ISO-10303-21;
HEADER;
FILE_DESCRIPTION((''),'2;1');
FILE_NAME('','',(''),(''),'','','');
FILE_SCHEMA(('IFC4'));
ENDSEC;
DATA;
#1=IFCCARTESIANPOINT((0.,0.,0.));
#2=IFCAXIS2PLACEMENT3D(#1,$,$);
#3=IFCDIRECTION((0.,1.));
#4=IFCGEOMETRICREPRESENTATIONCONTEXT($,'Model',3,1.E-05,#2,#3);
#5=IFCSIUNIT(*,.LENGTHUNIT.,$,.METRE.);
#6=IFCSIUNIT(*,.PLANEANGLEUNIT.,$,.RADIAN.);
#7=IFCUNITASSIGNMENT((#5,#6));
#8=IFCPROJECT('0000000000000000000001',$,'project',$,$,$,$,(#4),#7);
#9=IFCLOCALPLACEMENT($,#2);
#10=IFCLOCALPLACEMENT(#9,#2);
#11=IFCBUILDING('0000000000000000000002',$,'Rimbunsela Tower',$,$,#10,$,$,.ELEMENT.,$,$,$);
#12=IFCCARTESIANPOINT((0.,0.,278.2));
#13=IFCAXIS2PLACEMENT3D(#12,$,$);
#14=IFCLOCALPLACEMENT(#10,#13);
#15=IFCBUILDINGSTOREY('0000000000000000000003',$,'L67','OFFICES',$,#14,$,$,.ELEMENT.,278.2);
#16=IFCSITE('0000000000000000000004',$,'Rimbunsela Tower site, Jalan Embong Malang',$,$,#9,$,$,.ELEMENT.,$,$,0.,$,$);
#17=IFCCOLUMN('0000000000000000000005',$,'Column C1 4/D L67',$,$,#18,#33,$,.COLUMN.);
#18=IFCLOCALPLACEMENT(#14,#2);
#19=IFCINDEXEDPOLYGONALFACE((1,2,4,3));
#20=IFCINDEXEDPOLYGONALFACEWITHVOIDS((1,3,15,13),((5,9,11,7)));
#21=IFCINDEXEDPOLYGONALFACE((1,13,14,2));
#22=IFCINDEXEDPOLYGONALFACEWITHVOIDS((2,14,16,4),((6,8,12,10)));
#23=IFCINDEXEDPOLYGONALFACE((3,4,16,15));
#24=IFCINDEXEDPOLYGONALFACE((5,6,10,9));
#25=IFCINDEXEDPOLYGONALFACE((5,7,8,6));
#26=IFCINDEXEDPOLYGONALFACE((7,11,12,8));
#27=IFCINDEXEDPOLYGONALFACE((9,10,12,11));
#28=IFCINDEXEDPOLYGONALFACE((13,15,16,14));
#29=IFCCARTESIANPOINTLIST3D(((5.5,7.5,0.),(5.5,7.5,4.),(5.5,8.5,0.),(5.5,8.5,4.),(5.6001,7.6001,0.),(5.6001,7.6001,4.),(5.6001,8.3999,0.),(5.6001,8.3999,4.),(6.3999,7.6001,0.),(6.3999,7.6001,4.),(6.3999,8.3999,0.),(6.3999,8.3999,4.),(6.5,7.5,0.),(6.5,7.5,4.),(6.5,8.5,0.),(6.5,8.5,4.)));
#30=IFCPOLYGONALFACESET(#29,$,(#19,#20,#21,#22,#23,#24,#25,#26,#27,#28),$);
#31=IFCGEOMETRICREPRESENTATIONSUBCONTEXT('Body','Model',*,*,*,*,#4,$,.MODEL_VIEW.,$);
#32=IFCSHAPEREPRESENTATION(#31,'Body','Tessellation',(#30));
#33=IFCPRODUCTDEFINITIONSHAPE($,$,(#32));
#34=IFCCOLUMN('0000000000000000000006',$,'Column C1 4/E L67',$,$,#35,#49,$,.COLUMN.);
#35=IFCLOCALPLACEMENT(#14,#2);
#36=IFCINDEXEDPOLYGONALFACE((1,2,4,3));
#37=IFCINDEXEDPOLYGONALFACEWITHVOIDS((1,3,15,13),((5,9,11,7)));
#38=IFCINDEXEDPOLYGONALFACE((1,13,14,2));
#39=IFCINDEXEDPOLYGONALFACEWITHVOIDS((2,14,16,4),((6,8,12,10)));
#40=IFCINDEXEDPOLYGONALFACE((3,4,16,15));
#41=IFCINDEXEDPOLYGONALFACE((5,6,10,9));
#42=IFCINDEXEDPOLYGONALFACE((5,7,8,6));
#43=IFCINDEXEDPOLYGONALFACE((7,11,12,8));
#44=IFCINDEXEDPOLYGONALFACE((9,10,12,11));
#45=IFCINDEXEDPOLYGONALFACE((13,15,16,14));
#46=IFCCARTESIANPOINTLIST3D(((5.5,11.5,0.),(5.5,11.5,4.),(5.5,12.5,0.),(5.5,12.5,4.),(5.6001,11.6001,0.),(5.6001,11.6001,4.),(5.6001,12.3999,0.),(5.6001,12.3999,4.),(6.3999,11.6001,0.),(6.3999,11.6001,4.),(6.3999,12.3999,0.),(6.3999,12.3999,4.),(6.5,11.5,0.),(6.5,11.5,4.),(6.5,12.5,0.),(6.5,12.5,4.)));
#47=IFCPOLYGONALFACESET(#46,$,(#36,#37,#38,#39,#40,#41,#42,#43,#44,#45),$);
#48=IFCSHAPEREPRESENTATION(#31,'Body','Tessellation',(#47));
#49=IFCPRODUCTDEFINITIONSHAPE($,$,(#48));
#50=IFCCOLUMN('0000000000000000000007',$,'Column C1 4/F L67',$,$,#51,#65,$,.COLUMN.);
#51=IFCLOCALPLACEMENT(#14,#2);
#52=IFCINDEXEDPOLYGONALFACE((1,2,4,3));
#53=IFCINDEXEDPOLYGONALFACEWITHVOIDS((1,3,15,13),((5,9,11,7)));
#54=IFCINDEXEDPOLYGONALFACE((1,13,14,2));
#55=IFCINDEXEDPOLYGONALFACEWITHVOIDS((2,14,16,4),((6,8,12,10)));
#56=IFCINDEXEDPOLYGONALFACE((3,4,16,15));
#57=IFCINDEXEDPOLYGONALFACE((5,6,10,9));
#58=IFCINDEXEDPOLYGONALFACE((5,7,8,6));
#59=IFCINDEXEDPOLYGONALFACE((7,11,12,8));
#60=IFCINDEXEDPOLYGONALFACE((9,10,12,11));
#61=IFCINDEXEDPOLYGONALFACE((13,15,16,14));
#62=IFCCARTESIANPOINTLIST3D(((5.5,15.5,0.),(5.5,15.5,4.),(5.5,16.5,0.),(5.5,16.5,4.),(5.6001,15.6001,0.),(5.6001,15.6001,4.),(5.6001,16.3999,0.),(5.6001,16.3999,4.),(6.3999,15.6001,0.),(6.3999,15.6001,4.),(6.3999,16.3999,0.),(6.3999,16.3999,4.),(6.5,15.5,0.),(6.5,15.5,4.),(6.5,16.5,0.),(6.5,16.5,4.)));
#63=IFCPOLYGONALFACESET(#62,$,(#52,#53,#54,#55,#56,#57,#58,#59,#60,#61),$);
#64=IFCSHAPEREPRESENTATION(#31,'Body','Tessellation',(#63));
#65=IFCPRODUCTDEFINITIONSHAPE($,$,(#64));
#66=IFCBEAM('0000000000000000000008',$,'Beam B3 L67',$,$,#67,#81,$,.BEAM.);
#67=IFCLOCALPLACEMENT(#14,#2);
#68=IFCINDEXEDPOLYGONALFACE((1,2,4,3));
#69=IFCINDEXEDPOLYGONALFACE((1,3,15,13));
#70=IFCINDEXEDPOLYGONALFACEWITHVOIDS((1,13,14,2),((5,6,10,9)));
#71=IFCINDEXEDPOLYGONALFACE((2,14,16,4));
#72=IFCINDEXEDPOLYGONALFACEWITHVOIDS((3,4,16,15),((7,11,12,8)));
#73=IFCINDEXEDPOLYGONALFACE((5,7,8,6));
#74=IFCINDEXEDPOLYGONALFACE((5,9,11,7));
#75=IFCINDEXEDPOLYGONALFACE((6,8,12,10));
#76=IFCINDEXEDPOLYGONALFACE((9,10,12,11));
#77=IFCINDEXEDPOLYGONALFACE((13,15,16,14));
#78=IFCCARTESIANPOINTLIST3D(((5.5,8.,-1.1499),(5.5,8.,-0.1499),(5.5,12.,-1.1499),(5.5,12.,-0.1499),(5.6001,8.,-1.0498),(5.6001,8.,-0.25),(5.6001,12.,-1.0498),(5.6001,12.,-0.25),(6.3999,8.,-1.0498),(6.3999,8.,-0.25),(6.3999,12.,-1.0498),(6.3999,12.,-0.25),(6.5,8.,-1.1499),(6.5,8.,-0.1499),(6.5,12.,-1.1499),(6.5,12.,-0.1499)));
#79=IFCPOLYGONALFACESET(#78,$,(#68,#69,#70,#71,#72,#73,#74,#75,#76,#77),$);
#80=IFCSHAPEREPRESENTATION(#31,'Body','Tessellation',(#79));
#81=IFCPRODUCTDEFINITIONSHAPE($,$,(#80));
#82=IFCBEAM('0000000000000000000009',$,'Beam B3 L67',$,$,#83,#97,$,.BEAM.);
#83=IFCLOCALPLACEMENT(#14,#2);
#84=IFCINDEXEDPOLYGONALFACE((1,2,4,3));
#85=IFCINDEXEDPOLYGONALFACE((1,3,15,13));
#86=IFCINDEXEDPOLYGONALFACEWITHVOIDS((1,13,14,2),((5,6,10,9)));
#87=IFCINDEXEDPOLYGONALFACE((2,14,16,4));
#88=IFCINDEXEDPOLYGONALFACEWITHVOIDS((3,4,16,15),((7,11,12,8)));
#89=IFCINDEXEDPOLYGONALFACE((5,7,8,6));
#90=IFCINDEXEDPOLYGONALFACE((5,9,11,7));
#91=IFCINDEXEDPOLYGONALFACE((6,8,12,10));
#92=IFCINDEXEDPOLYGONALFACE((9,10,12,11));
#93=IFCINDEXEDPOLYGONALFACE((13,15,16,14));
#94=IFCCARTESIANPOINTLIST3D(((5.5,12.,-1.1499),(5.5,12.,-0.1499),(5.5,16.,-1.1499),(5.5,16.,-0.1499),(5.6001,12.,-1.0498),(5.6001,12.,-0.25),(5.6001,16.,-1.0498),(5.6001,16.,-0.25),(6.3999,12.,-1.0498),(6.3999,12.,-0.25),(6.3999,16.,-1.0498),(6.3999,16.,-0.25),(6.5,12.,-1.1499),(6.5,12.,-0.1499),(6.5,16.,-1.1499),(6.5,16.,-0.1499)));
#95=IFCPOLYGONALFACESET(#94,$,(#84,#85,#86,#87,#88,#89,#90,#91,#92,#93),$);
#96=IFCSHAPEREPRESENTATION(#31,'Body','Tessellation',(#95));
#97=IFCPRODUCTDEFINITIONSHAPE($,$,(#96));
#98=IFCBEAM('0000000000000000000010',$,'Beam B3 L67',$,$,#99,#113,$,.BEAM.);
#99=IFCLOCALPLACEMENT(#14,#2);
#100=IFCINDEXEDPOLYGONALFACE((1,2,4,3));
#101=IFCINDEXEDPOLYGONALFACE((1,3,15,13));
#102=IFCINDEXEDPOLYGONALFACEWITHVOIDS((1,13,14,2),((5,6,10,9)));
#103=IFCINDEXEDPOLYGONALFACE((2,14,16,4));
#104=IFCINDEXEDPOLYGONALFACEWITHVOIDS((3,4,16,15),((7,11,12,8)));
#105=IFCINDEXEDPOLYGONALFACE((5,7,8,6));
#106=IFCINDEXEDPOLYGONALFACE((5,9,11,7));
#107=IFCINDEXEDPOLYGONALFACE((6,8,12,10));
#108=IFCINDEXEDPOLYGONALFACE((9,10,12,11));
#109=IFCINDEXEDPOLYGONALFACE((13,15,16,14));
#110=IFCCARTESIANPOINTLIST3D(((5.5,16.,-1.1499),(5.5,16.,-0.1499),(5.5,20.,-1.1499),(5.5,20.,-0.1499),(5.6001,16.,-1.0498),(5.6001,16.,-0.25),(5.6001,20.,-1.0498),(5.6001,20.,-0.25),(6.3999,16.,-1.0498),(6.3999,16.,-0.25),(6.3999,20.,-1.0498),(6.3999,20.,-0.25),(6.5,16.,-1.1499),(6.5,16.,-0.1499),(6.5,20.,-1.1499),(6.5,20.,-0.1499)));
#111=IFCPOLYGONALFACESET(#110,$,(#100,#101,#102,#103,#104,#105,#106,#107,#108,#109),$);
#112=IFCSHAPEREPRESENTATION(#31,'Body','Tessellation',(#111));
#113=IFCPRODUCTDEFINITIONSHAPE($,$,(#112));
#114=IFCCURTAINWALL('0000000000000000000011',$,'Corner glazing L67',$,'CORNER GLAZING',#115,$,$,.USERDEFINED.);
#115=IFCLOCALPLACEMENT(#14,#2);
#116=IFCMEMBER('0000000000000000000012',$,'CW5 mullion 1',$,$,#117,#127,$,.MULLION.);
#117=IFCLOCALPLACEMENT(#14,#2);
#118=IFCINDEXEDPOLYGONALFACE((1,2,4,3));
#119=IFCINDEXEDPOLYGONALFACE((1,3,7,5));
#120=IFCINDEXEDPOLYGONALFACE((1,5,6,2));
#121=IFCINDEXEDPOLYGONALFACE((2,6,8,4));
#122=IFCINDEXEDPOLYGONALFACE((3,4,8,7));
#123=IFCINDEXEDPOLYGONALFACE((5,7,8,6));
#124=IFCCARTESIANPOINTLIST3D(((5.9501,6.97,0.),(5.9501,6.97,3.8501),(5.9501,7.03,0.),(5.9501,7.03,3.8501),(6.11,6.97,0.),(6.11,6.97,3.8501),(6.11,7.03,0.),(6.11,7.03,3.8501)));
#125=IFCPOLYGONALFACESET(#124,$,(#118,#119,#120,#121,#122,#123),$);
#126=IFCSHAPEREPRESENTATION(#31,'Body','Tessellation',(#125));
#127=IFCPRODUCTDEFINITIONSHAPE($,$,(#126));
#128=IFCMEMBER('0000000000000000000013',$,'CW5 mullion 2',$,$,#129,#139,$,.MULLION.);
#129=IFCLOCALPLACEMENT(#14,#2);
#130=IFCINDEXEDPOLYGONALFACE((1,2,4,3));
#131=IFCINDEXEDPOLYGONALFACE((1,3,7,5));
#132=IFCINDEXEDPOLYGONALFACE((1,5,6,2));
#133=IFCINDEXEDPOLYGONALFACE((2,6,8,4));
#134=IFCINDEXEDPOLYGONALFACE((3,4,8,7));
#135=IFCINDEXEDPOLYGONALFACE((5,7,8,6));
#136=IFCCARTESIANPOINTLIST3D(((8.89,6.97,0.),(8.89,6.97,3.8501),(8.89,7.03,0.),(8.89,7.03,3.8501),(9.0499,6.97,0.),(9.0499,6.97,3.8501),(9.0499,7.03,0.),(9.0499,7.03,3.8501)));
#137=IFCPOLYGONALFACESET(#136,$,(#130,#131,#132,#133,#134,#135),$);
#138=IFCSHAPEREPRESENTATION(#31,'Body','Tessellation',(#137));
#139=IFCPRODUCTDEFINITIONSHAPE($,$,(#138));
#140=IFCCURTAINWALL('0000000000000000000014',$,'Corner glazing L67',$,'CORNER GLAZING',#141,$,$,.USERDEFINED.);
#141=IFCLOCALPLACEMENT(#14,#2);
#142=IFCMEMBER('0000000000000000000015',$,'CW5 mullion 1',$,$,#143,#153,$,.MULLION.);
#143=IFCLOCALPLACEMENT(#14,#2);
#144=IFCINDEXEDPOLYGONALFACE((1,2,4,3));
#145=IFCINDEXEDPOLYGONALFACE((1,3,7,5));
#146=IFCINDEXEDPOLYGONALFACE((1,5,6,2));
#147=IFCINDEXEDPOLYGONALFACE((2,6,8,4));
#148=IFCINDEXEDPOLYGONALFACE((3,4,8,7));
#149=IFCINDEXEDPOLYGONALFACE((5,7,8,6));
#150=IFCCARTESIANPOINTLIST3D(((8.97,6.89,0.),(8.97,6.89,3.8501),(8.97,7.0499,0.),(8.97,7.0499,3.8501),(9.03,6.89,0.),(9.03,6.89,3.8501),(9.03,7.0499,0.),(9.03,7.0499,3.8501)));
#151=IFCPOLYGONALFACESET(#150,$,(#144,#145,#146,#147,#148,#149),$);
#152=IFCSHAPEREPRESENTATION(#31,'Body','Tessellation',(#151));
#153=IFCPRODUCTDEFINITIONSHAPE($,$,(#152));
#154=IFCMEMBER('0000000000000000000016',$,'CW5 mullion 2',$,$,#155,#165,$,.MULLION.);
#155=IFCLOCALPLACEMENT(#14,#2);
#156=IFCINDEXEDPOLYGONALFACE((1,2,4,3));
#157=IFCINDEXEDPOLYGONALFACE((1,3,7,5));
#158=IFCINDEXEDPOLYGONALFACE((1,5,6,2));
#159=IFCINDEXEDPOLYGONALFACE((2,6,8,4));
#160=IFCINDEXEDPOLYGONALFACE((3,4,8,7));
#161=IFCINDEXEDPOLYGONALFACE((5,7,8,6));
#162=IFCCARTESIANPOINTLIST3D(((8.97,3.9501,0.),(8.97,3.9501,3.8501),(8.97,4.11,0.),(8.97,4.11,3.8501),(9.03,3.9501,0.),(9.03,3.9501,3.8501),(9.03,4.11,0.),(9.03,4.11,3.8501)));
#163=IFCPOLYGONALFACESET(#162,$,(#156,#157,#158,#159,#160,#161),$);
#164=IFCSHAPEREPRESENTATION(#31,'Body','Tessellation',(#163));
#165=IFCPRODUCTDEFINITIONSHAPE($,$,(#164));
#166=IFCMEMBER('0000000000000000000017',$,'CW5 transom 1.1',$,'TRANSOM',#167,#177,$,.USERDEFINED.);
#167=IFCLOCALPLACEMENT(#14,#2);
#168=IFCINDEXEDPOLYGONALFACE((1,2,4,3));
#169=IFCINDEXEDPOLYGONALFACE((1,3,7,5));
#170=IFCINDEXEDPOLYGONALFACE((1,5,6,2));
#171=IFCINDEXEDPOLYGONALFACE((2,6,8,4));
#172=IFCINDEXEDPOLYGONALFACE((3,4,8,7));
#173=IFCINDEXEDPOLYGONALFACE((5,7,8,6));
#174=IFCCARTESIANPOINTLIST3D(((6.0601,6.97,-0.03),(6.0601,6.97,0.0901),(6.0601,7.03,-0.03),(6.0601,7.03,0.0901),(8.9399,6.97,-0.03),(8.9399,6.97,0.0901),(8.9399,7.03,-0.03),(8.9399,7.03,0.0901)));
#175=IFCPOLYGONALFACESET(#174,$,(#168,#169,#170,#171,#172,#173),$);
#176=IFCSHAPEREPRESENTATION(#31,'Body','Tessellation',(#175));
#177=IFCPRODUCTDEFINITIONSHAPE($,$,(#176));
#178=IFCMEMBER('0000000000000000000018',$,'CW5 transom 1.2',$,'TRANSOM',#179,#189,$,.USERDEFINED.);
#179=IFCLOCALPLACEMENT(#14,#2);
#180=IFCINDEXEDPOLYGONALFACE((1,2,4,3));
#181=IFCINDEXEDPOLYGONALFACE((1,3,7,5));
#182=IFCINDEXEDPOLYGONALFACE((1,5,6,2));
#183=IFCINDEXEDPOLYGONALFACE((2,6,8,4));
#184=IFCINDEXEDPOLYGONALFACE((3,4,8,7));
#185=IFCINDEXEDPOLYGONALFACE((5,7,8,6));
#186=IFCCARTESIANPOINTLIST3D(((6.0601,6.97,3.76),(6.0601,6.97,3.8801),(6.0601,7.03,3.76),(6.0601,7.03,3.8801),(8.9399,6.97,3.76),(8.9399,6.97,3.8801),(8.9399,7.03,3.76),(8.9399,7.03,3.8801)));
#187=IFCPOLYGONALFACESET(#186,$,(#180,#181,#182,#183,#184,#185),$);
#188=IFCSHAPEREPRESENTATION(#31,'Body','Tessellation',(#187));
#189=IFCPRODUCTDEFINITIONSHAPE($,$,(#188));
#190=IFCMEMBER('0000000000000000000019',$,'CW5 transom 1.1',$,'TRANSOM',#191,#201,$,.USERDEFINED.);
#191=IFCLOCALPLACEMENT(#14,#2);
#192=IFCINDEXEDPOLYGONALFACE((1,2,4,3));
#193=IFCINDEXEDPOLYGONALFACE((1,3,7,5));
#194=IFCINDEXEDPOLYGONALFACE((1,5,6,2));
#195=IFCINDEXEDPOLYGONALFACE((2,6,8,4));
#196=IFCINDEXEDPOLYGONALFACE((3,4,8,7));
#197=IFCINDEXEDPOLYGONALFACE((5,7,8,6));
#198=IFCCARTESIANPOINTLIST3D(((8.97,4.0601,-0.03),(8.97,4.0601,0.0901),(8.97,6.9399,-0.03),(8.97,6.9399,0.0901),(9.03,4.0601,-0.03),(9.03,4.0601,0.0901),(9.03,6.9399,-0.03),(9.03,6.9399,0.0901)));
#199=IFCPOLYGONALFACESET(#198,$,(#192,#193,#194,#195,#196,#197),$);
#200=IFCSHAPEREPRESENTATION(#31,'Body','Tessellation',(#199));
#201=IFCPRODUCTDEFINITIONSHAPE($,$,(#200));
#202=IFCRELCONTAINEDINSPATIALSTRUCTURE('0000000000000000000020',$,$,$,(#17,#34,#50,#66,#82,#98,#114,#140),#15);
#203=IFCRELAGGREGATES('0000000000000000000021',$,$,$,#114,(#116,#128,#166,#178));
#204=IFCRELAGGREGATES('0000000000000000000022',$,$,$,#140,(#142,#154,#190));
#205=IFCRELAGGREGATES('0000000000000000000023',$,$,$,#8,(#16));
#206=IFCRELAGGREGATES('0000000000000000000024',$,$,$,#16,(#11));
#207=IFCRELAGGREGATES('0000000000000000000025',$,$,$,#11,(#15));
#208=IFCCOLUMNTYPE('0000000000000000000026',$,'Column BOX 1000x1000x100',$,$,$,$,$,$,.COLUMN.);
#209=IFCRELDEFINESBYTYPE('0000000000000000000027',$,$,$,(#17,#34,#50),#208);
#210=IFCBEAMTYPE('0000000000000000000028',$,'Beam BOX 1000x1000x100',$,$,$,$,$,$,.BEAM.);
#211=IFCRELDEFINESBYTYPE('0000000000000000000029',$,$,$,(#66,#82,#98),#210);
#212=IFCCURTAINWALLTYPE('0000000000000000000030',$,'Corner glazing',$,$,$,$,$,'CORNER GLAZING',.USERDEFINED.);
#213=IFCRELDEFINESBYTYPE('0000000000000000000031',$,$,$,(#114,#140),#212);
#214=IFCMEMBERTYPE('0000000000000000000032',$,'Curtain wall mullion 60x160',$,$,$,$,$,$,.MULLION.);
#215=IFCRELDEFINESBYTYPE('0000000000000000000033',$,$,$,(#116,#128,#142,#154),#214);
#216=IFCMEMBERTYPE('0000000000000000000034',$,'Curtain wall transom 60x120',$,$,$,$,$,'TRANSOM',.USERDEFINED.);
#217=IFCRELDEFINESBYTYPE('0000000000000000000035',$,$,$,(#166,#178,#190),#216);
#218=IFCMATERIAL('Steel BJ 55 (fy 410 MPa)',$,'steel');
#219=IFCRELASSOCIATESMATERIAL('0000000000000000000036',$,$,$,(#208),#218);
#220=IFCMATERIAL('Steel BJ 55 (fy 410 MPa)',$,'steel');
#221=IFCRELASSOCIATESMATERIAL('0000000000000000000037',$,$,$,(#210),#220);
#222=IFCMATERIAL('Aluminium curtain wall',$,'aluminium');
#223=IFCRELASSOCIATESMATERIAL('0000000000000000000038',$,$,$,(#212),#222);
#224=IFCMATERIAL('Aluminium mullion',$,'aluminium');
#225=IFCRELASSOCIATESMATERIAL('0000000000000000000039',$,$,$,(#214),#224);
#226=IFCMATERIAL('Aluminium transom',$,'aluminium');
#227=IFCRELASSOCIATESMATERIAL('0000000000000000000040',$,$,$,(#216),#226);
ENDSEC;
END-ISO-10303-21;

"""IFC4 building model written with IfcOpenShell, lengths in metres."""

from ifc_helpers import new_model, si_unit, direction, frame, origin, origin_2d, place, context, subcontext, project, spatial, rectangle, hollow_rectangle, extrude, material, material_profile, profile_set, type_object, element, aggregate, save


model = new_model("IFC4")

# Units and contexts
model_context = context("Model", 3, precision=1e-05, world=origin(), true_north=direction((0.0, 1.0)))
body_context = subcontext(model_context, "Body", "Model", "MODEL_VIEW")
ifc_project = project(units=[si_unit("LENGTHUNIT", "METRE"), si_unit("PLANEANGLEUNIT", "RADIAN")], contexts=[model_context])

# Site, building, storey
site_placement = place(None, origin())
site = spatial("IfcSite", under=ifc_project, at=site_placement, Name="Rimbunsela Tower site, Jalan Embong Malang", CompositionType="ELEMENT", RefElevation=0.0)
building_placement = place(site_placement, origin())
building = spatial("IfcBuilding", under=site, at=building_placement, Name="Rimbunsela Tower", CompositionType="ELEMENT")
storey_placement = place(building_placement, frame((0.0, 0.0, 278.2)))
storey = spatial("IfcBuildingStorey", under=building, at=storey_placement, Name="L67", Description="OFFICES", CompositionType="ELEMENT", Elevation=278.2)

# Columns
ifc_material_1 = material(Name="Steel BJ 55 (fy 410 MPa)", Category="steel")
ifc_material_profile_1 = material_profile(ifc_material_1, hollow_rectangle(XDim=1.0, YDim=1.0, WallThickness=0.1001, at=origin_2d()), Name="BOX 1000x1000x100")
ifc_profile_set_1 = profile_set([ifc_material_profile_1], Name="Steel BJ 55 (fy 410 MPa)")
column_type = type_object("IfcColumnType", Name="Column BOX 1000x1000x100", PredefinedType="COLUMN", material=ifc_profile_set_1)
for number, where, z_axis, x_axis, name in (
    (1, (6.0, 8.0, 0.0), (0.0, 0.0, 1.0), (1.0, 0.0, 0.0), "Column C1 4/D L67"),
    (2, (6.0, 12.0, 0.0), (0.0, 0.0, 1.0), (1.0, 0.0, 0.0), "Column C1 4/E L67"),
    (3, (6.0, 16.0, 0.0), (0.0, 0.0, 1.0), (1.0, 0.0, 0.0), "Column C1 4/F L67"),
):
    element("IfcColumn", number, at=place(storey_placement, frame(where, z_axis=z_axis, x_axis=x_axis)), inside=storey, type_object=column_type, Name=name, PredefinedType="COLUMN", context=body_context, shape_type="SweptSolid", body=[
        extrude(hollow_rectangle(XDim=1.0, YDim=1.0, WallThickness=0.1001, at=origin_2d()), origin(), (0.0, 0.0, 1.0), 4.0),
    ])

# Beams
ifc_material_2 = material(Name="Steel BJ 55 (fy 410 MPa)", Category="steel")
ifc_material_profile_2 = material_profile(ifc_material_2, hollow_rectangle(XDim=1.0, YDim=1.0, WallThickness=0.1001, at=origin_2d()), Name="BOX 1000x1000x100")
ifc_profile_set_2 = profile_set([ifc_material_profile_2], Name="Steel BJ 55 (fy 410 MPa)")
beam_type = type_object("IfcBeamType", Name="Beam BOX 1000x1000x100", PredefinedType="BEAM", material=ifc_profile_set_2)
for number, where, z_axis, x_axis, name in (
    (4, (6.0, 8.0, -0.6499), (0.0, 1.0, 0.0), (-1.0, 0.0, 0.0), "Beam B3 L67"),
    (5, (6.0, 12.0, -0.6499), (0.0, 1.0, 0.0), (-1.0, 0.0, 0.0), "Beam B3 L67"),
    (6, (6.0, 16.0, -0.6499), (0.0, 1.0, 0.0), (-1.0, 0.0, 0.0), "Beam B3 L67"),
):
    element("IfcBeam", number, at=place(storey_placement, frame(where, z_axis=z_axis, x_axis=x_axis)), inside=storey, type_object=beam_type, Name=name, PredefinedType="BEAM", context=body_context, shape_type="SweptSolid", body=[
        extrude(hollow_rectangle(XDim=1.0, YDim=1.0, WallThickness=0.1001, at=origin_2d()), origin(), (0.0, 0.0, 1.0), 4.0),
    ])

# Curtain walls, members
ifc_material_3 = material(Name="Aluminium curtain wall", Category="aluminium")
curtain_wall_type = type_object("IfcCurtainWallType", Name="Corner glazing", ElementType="CORNER GLAZING", PredefinedType="USERDEFINED", material=ifc_material_3)
curtain_wall_1_placement = place(storey_placement, origin())
curtain_wall_1 = element("IfcCurtainWall", 7, at=curtain_wall_1_placement, inside=storey, type_object=curtain_wall_type, Name="Corner glazing L67", ObjectType="CORNER GLAZING", PredefinedType="USERDEFINED")
ifc_material_4 = material(Name="Aluminium mullion", Category="aluminium")
ifc_material_profile_3 = material_profile(ifc_material_4, rectangle(XDim=0.0601, YDim=0.1599, at=origin_2d()), Name="Mullion 60x160")
ifc_profile_set_3 = profile_set([ifc_material_profile_3], Name="Aluminium mullion")
member_type_1 = type_object("IfcMemberType", Name="Curtain wall mullion 60x160", PredefinedType="MULLION", material=ifc_profile_set_3)
member_1_placement = place(storey_placement, frame((6.03, 7.0, 0.0), z_axis=(0.0, 0.0, 1.0), x_axis=(0.0, 1.0, 0.0)))
member_1 = element("IfcMember", 8, at=member_1_placement, type_object=member_type_1, Name="CW5 mullion 1", PredefinedType="MULLION", context=body_context, shape_type="SweptSolid", body=[
    extrude(rectangle(XDim=0.0601, YDim=0.1599, at=origin_2d()), origin(), (0.0, 0.0, 1.0), 3.8501),
])
member_2_placement = place(storey_placement, frame((8.97, 7.0, 0.0), z_axis=(0.0, 0.0, 1.0), x_axis=(0.0, 1.0, 0.0)))
member_2 = element("IfcMember", 9, at=member_2_placement, type_object=member_type_1, Name="CW5 mullion 2", PredefinedType="MULLION", context=body_context, shape_type="SweptSolid", body=[
    extrude(rectangle(XDim=0.0601, YDim=0.1599, at=origin_2d()), origin(), (0.0, 0.0, 1.0), 3.8501),
])
curtain_wall_2_placement = place(storey_placement, origin())
curtain_wall_2 = element("IfcCurtainWall", 10, at=curtain_wall_2_placement, inside=storey, type_object=curtain_wall_type, Name="Corner glazing L67", ObjectType="CORNER GLAZING", PredefinedType="USERDEFINED")
member_3_placement = place(storey_placement, frame((9.0, 6.97, 0.0), z_axis=(0.0, 0.0, 1.0), x_axis=(1.0, 0.0, 0.0)))
member_3 = element("IfcMember", 11, at=member_3_placement, type_object=member_type_1, Name="CW5 mullion 1", PredefinedType="MULLION", context=body_context, shape_type="SweptSolid", body=[
    extrude(rectangle(XDim=0.0601, YDim=0.1599, at=origin_2d()), origin(), (0.0, 0.0, 1.0), 3.8501),
])
member_4_placement = place(storey_placement, frame((9.0, 4.03, 0.0), z_axis=(0.0, 0.0, 1.0), x_axis=(1.0, 0.0, 0.0)))
member_4 = element("IfcMember", 12, at=member_4_placement, type_object=member_type_1, Name="CW5 mullion 2", PredefinedType="MULLION", context=body_context, shape_type="SweptSolid", body=[
    extrude(rectangle(XDim=0.0601, YDim=0.1599, at=origin_2d()), origin(), (0.0, 0.0, 1.0), 3.8501),
])

# Members
ifc_material_5 = material(Name="Aluminium transom", Category="aluminium")
ifc_material_profile_4 = material_profile(ifc_material_5, rectangle(XDim=0.0601, YDim=0.1201, at=origin_2d()), Name="Transom 60x120")
ifc_profile_set_4 = profile_set([ifc_material_profile_4], Name="Aluminium transom")
member_type_2 = type_object("IfcMemberType", Name="Curtain wall transom 60x120", ElementType="TRANSOM", PredefinedType="USERDEFINED", material=ifc_profile_set_4)
member_5_placement = place(storey_placement, frame((6.0601, 7.0, 0.03), z_axis=(1.0, 0.0, 0.0), x_axis=(0.0, 1.0, 0.0)))
member_5 = element("IfcMember", 13, at=member_5_placement, type_object=member_type_2, Name="CW5 transom 1.1", ObjectType="TRANSOM", PredefinedType="USERDEFINED", context=body_context, shape_type="SweptSolid", body=[
    extrude(rectangle(XDim=0.0601, YDim=0.1201, at=origin_2d()), origin(), (0.0, 0.0, 1.0), 2.8799),
])
member_6_placement = place(storey_placement, frame((6.0601, 7.0, 3.8201), z_axis=(1.0, 0.0, 0.0), x_axis=(0.0, 1.0, 0.0)))
member_6 = element("IfcMember", 14, at=member_6_placement, type_object=member_type_2, Name="CW5 transom 1.2", ObjectType="TRANSOM", PredefinedType="USERDEFINED", context=body_context, shape_type="SweptSolid", body=[
    extrude(rectangle(XDim=0.0601, YDim=0.1201, at=origin_2d()), origin(), (0.0, 0.0, 1.0), 2.8799),
])
member_7_placement = place(storey_placement, frame((9.0, 6.9399, 0.03), z_axis=(0.0, -1.0, 0.0), x_axis=(1.0, 0.0, 0.0)))
member_7 = element("IfcMember", 15, at=member_7_placement, type_object=member_type_2, Name="CW5 transom 1.1", ObjectType="TRANSOM", PredefinedType="USERDEFINED", context=body_context, shape_type="SweptSolid", body=[
    extrude(rectangle(XDim=0.0601, YDim=0.1201, at=origin_2d()), origin(), (0.0, 0.0, 1.0), 2.8799),
])

aggregate(curtain_wall_1, [member_1, member_2, member_5, member_6])
aggregate(curtain_wall_2, [member_3, member_4, member_7])

save(model, "model.ifc")
